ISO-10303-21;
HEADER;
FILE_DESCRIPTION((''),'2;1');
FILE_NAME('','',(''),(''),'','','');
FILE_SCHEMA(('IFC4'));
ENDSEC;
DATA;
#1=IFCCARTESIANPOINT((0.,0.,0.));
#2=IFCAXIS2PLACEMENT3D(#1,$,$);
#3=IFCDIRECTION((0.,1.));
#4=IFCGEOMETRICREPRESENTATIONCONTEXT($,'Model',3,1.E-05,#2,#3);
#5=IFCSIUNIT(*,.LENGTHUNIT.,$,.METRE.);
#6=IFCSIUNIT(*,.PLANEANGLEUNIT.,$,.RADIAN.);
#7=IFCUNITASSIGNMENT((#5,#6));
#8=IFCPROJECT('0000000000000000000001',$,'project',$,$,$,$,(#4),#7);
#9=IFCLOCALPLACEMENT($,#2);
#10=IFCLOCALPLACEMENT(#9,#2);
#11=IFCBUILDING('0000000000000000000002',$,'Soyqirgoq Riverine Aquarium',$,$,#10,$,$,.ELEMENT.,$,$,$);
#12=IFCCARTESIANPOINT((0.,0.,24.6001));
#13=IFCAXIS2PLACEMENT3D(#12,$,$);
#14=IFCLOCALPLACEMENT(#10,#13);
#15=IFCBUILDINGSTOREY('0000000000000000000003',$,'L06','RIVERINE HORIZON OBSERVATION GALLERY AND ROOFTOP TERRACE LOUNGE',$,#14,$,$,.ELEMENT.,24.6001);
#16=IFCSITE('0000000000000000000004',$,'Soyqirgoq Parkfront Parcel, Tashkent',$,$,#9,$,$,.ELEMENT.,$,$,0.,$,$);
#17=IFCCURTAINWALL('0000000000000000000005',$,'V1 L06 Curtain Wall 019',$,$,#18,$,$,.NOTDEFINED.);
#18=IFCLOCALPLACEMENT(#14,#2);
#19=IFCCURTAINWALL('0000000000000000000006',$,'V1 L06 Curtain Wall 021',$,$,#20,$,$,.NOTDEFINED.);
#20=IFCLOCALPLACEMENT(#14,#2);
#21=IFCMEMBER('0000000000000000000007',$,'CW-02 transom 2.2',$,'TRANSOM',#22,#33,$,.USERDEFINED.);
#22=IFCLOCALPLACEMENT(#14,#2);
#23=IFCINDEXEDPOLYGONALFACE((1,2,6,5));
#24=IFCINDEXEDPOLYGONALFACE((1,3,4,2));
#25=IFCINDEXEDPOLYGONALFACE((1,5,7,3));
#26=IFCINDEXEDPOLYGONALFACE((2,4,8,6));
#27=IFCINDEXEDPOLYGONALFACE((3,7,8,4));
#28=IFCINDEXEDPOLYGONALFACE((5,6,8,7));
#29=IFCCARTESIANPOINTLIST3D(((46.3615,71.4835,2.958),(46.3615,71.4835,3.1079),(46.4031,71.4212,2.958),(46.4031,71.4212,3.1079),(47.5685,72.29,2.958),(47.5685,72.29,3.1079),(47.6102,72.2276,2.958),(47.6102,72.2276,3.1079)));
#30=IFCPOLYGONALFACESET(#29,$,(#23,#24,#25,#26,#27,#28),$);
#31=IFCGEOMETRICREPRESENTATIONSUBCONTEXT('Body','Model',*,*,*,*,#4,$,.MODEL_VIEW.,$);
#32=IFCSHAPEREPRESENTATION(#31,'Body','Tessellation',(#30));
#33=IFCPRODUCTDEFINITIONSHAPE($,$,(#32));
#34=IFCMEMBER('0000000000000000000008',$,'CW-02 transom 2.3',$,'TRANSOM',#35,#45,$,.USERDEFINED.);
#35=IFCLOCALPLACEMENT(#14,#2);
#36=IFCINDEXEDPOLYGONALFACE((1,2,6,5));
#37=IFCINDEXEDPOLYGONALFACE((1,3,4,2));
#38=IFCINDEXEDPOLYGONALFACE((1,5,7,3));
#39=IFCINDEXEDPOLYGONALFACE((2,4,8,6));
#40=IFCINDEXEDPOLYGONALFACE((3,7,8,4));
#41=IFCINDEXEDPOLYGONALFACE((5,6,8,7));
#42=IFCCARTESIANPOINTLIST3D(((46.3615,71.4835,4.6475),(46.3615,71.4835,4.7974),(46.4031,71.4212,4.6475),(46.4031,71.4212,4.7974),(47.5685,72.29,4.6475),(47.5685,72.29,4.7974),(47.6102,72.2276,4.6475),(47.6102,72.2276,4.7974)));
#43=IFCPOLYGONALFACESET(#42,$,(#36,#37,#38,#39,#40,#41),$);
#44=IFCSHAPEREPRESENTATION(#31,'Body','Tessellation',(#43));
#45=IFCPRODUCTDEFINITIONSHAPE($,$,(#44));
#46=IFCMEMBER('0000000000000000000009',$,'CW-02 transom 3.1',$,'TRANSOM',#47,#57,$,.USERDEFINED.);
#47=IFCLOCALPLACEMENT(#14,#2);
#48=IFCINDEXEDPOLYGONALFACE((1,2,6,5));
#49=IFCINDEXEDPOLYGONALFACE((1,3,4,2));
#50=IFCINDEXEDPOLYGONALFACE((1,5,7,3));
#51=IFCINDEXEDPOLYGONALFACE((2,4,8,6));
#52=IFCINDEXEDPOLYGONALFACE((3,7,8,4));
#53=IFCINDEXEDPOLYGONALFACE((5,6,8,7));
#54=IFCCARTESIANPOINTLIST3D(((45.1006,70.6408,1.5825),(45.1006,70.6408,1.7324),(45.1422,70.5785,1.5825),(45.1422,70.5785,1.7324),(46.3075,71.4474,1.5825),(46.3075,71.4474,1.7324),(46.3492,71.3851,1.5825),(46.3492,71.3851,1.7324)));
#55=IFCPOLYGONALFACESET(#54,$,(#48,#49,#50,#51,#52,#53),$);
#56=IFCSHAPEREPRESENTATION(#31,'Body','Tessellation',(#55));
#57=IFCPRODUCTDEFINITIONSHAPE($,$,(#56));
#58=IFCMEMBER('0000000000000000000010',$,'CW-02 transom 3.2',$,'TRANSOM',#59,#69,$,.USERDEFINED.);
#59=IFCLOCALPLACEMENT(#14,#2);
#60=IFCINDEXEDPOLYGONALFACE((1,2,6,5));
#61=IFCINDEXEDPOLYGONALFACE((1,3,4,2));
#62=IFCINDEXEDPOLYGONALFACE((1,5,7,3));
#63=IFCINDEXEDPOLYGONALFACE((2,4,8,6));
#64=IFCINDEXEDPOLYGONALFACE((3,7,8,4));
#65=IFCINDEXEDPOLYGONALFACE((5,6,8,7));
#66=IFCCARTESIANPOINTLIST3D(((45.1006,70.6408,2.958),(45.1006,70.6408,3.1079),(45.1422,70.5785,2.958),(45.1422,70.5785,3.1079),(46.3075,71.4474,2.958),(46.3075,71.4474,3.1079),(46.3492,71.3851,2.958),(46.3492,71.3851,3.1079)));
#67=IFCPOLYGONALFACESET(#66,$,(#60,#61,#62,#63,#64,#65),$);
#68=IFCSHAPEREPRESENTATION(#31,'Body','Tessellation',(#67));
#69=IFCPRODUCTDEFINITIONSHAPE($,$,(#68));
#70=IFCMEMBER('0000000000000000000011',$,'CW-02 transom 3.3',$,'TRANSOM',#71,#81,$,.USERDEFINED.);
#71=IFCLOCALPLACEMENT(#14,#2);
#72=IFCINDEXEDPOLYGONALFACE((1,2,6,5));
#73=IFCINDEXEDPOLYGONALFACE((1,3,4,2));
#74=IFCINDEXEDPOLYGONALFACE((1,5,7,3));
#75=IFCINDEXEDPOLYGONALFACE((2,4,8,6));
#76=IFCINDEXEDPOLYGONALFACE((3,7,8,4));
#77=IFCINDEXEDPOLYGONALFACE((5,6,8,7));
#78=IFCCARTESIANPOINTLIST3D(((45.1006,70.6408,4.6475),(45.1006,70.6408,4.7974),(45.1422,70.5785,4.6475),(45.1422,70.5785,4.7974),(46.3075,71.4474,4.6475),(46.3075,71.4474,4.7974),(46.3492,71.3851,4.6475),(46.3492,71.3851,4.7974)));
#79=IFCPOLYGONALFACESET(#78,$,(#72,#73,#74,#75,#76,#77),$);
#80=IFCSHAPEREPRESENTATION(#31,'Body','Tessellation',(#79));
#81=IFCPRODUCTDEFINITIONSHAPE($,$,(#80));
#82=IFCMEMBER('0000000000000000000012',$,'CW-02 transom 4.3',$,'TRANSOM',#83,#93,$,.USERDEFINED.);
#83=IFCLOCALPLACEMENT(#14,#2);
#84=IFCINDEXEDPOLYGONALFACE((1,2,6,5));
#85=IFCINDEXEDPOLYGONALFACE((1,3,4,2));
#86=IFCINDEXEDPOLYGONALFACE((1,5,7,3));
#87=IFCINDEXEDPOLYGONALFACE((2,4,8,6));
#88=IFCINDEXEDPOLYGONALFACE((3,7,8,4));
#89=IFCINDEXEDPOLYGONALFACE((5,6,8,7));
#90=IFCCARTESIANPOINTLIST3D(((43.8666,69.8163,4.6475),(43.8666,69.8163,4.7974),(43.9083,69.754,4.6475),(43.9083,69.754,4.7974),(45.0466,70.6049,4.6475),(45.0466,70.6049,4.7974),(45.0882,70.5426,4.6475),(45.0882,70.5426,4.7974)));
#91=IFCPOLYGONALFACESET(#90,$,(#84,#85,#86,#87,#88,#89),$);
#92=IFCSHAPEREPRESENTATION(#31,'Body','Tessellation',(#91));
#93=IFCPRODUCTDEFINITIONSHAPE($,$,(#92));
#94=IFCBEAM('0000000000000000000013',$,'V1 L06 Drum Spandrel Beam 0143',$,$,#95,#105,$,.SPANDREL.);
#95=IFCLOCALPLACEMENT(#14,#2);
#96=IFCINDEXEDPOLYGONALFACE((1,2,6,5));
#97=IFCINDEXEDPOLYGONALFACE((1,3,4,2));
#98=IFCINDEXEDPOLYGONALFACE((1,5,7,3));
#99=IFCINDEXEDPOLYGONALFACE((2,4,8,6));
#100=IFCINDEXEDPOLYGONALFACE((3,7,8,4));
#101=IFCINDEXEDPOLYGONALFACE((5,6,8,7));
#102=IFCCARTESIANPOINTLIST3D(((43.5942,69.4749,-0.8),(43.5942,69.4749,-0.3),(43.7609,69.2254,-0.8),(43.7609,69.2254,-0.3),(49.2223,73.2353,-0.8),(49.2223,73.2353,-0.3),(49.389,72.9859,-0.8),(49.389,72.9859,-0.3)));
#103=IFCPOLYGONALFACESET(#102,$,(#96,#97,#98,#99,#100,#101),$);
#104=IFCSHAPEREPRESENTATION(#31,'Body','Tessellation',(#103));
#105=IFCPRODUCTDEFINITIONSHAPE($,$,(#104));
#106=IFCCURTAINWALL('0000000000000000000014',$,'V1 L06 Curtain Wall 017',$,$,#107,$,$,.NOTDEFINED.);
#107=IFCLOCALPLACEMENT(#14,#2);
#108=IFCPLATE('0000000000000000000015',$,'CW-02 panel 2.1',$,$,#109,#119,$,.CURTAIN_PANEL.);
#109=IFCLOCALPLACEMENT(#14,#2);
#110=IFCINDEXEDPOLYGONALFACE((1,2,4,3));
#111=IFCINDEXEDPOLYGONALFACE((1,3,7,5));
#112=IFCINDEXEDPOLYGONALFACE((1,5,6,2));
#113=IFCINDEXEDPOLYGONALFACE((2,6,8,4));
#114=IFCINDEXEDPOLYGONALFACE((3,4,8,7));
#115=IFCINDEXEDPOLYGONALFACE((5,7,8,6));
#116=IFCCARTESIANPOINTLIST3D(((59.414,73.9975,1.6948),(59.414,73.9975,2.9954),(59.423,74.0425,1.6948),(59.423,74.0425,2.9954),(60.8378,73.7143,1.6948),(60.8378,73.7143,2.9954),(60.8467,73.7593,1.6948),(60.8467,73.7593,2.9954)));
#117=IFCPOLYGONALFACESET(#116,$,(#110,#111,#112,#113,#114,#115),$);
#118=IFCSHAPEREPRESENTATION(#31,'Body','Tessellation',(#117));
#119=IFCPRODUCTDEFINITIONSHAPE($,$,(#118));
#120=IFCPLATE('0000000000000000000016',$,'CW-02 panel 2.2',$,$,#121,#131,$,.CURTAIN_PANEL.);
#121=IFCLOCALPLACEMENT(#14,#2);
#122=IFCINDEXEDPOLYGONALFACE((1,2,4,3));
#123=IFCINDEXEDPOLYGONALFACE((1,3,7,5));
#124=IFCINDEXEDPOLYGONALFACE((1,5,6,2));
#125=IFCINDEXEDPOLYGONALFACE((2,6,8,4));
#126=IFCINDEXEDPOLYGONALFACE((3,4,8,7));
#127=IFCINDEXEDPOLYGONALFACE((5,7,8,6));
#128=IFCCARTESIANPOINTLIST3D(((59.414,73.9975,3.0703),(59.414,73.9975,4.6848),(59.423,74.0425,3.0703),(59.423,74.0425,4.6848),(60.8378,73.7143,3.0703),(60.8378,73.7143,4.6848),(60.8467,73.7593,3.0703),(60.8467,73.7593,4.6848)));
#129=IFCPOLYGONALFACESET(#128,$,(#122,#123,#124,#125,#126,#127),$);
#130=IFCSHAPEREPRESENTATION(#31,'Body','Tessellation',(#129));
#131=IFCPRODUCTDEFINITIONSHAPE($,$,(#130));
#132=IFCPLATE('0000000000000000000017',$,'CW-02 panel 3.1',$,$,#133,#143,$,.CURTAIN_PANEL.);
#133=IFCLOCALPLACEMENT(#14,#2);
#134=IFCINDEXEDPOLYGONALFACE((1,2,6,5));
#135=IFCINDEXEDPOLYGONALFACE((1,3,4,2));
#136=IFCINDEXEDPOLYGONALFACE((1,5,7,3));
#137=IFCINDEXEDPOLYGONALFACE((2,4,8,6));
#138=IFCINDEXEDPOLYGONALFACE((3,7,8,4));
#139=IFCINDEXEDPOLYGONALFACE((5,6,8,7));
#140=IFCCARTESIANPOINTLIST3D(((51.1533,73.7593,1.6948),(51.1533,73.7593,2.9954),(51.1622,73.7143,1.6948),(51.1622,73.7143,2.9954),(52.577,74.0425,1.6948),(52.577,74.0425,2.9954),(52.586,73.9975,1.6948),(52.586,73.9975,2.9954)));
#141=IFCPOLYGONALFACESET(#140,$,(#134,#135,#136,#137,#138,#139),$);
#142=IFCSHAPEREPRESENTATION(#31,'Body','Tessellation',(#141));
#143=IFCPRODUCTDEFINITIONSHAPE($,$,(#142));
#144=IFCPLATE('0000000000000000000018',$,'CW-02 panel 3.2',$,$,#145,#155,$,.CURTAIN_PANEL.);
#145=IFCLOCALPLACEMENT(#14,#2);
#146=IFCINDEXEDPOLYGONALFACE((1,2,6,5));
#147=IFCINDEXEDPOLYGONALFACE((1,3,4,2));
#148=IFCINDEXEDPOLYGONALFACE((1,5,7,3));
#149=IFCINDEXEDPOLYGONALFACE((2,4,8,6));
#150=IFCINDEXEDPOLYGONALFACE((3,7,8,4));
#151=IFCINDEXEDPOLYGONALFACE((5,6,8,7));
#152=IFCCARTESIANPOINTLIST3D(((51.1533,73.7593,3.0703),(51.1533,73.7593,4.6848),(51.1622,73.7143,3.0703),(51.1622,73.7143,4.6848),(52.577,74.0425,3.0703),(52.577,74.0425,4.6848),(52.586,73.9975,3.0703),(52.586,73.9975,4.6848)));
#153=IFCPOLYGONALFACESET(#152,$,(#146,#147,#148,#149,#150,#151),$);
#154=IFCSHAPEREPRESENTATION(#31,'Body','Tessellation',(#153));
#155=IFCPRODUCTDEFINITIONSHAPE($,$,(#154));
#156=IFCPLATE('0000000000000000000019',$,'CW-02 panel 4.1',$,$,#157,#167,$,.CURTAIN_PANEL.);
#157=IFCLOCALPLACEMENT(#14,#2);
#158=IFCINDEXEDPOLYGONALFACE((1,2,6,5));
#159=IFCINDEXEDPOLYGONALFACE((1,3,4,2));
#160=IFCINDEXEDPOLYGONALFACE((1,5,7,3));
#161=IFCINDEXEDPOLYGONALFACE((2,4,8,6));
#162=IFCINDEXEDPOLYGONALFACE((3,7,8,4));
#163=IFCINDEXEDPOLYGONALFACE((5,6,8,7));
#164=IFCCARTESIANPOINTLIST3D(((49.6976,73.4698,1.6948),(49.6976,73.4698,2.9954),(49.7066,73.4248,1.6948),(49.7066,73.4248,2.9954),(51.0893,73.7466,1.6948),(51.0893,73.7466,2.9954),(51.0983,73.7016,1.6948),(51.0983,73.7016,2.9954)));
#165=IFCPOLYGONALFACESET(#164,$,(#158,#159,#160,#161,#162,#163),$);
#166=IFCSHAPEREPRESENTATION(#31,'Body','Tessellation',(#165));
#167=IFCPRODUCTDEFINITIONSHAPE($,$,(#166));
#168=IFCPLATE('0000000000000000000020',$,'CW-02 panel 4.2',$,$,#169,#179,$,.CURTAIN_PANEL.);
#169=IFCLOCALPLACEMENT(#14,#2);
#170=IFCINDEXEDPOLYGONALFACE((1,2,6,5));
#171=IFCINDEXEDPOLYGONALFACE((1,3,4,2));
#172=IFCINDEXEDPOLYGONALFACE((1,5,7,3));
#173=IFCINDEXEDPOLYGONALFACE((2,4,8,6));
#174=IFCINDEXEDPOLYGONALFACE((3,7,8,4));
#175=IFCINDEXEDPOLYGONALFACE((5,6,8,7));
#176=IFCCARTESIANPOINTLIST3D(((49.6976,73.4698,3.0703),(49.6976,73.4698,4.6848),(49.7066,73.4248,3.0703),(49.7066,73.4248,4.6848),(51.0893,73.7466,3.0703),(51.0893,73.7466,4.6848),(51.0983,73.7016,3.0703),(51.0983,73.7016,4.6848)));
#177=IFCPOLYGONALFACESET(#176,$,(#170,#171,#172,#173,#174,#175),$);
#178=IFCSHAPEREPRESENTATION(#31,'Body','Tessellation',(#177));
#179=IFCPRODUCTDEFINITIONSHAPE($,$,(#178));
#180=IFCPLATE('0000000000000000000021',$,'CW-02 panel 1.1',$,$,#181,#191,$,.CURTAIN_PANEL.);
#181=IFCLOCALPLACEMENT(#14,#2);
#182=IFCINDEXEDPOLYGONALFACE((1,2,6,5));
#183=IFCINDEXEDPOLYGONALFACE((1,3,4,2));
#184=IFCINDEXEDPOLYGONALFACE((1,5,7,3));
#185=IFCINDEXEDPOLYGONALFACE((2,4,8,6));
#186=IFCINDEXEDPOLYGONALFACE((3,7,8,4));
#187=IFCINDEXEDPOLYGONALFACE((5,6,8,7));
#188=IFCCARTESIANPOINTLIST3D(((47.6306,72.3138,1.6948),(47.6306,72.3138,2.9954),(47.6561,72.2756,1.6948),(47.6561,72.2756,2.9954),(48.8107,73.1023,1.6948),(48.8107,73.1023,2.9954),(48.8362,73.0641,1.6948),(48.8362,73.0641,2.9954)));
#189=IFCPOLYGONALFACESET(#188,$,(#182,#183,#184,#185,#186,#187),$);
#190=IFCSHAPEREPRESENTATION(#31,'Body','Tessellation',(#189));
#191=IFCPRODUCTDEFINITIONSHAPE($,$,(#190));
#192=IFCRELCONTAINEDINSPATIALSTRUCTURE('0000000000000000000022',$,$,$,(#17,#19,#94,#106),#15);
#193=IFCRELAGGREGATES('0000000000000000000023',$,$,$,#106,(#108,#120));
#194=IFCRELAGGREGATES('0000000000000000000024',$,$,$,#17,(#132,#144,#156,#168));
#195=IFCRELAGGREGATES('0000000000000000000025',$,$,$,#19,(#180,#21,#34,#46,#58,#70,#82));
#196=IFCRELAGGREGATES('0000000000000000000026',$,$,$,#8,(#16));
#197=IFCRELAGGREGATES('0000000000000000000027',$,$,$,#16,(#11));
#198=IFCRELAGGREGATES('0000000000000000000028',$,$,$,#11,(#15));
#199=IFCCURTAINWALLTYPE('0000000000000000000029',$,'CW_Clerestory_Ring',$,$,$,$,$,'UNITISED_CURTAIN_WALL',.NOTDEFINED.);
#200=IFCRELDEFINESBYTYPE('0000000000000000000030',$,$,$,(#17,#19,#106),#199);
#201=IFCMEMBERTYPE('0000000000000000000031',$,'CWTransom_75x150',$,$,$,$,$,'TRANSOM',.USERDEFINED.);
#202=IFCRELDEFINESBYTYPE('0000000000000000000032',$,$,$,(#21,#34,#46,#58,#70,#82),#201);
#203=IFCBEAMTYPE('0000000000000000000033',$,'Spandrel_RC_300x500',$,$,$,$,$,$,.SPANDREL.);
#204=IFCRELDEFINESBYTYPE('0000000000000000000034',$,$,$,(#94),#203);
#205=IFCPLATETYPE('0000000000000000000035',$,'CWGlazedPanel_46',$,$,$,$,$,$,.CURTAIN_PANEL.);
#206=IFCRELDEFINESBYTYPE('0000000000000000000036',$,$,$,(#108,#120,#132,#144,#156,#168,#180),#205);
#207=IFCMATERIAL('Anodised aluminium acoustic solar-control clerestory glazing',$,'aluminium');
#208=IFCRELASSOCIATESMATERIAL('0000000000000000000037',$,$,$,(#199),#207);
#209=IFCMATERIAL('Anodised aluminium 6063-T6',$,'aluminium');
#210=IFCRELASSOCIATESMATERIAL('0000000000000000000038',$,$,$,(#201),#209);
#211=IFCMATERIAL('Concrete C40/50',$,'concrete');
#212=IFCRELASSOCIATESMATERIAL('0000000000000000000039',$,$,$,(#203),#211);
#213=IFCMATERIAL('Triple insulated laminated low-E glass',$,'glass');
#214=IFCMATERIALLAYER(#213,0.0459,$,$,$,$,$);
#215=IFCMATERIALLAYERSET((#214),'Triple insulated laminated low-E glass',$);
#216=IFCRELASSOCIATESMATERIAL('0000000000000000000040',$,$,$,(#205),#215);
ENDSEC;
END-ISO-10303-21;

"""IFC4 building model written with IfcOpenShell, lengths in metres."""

from ifc_helpers import new_model, si_unit, direction, frame, origin, origin_2d, place, context, subcontext, project, spatial, rectangle, extrude, material, layer, layer_set, material_profile, profile_set, type_object, element, aggregate, save


model = new_model("IFC4")

# Units and contexts
model_context = context("Model", 3, precision=1e-05, world=origin(), true_north=direction((0.0, 1.0)))
body_context = subcontext(model_context, "Body", "Model", "MODEL_VIEW")
ifc_project = project(units=[si_unit("LENGTHUNIT", "METRE"), si_unit("PLANEANGLEUNIT", "RADIAN")], contexts=[model_context])

# Site, building, storey
site_placement = place(None, origin())
site = spatial("IfcSite", under=ifc_project, at=site_placement, Name="Soyqirgoq Parkfront Parcel, Tashkent", CompositionType="ELEMENT", RefElevation=0.0)
building_placement = place(site_placement, origin())
building = spatial("IfcBuilding", under=site, at=building_placement, Name="Soyqirgoq Riverine Aquarium", CompositionType="ELEMENT")
storey_placement = place(building_placement, frame((0.0, 0.0, 24.6001)))
storey = spatial("IfcBuildingStorey", under=building, at=storey_placement, Name="L06", Description="RIVERINE HORIZON OBSERVATION GALLERY AND ROOFTOP TERRACE LOUNGE", CompositionType="ELEMENT", Elevation=24.6001)

# Curtain walls
ifc_material_1 = material(Name="Anodised aluminium acoustic solar-control clerestory glazing", Category="aluminium")
curtain_wall_type = type_object("IfcCurtainWallType", Name="CW_Clerestory_Ring", ElementType="UNITISED_CURTAIN_WALL", PredefinedType="NOTDEFINED", material=ifc_material_1)
curtain_wall_1_placement = place(storey_placement, origin())
curtain_wall_1 = element("IfcCurtainWall", 1, at=curtain_wall_1_placement, inside=storey, type_object=curtain_wall_type, Name="V1 L06 Curtain Wall 019", PredefinedType="NOTDEFINED")
curtain_wall_2_placement = place(storey_placement, origin())
curtain_wall_2 = element("IfcCurtainWall", 2, at=curtain_wall_2_placement, inside=storey, type_object=curtain_wall_type, Name="V1 L06 Curtain Wall 021", PredefinedType="NOTDEFINED")

# Members
ifc_material_2 = material(Name="Anodised aluminium 6063-T6", Category="aluminium")
ifc_material_profile_1 = material_profile(ifc_material_2, rectangle(XDim=0.075, YDim=0.1499, at=origin_2d()), Name="ALU-T 75x150")
ifc_profile_set_1 = profile_set([ifc_material_profile_1], Name="Anodised aluminium 6063-T6")
member_type_1 = type_object("IfcMemberType", Name="CWTransom_75x150", ElementType="TRANSOM", PredefinedType="USERDEFINED", material=ifc_profile_set_1)
member_1_placement = place(storey_placement, frame((47.5894, 72.2588, 3.033), z_axis=(-0.831507, -0.555515, 0.0), x_axis=(0.555515, -0.831507, 0.0)))
member_1 = element("IfcMember", 3, at=member_1_placement, type_object=member_type_1, Name="CW-02 transom 2.2", ObjectType="TRANSOM", PredefinedType="USERDEFINED", context=body_context, shape_type="SweptSolid", body=[
    extrude(rectangle(XDim=0.075, YDim=0.1499, at=origin_2d()), origin(), (0.0, 0.0, 1.0), 1.4517),
])
member_2_placement = place(storey_placement, frame((47.5894, 72.2588, 4.7224), z_axis=(-0.831507, -0.555515, 0.0), x_axis=(0.555515, -0.831507, 0.0)))
member_2 = element("IfcMember", 4, at=member_2_placement, type_object=member_type_1, Name="CW-02 transom 2.3", ObjectType="TRANSOM", PredefinedType="USERDEFINED", context=body_context, shape_type="SweptSolid", body=[
    extrude(rectangle(XDim=0.075, YDim=0.1499, at=origin_2d()), origin(), (0.0, 0.0, 1.0), 1.4517),
])
member_3_placement = place(storey_placement, frame((46.3284, 71.4163, 1.6575), z_axis=(-0.831429, -0.555631, 0.0), x_axis=(0.555631, -0.831429, 0.0)))
member_3 = element("IfcMember", 5, at=member_3_placement, type_object=member_type_1, Name="CW-02 transom 3.1", ObjectType="TRANSOM", PredefinedType="USERDEFINED", context=body_context, shape_type="SweptSolid", body=[
    extrude(rectangle(XDim=0.075, YDim=0.1499, at=origin_2d()), origin(), (0.0, 0.0, 1.0), 1.4517),
])
member_4_placement = place(storey_placement, frame((46.3284, 71.4163, 3.033), z_axis=(-0.831429, -0.555631, 0.0), x_axis=(0.555631, -0.831429, 0.0)))
member_4 = element("IfcMember", 6, at=member_4_placement, type_object=member_type_1, Name="CW-02 transom 3.2", ObjectType="TRANSOM", PredefinedType="USERDEFINED", context=body_context, shape_type="SweptSolid", body=[
    extrude(rectangle(XDim=0.075, YDim=0.1499, at=origin_2d()), origin(), (0.0, 0.0, 1.0), 1.4517),
])
member_5_placement = place(storey_placement, frame((46.3284, 71.4163, 4.7224), z_axis=(-0.831429, -0.555631, 0.0), x_axis=(0.555631, -0.831429, 0.0)))
member_5 = element("IfcMember", 7, at=member_5_placement, type_object=member_type_1, Name="CW-02 transom 3.3", ObjectType="TRANSOM", PredefinedType="USERDEFINED", context=body_context, shape_type="SweptSolid", body=[
    extrude(rectangle(XDim=0.075, YDim=0.1499, at=origin_2d()), origin(), (0.0, 0.0, 1.0), 1.4517),
])
member_6_placement = place(storey_placement, frame((45.0674, 70.5737, 4.7224), z_axis=(-0.831415, -0.555653, 0.0), x_axis=(0.555653, -0.831415, 0.0)))
member_6 = element("IfcMember", 8, at=member_6_placement, type_object=member_type_1, Name="CW-02 transom 4.3", ObjectType="TRANSOM", PredefinedType="USERDEFINED", context=body_context, shape_type="SweptSolid", body=[
    extrude(rectangle(XDim=0.075, YDim=0.1499, at=origin_2d()), origin(), (0.0, 0.0, 1.0), 1.4192),
])

# Beam
ifc_material_3 = material(Name="Concrete C40/50", Category="concrete")
ifc_material_profile_2 = material_profile(ifc_material_3, rectangle(XDim=0.3, YDim=0.5, at=origin_2d()), Name="RC 300x500")
ifc_profile_set_2 = profile_set([ifc_material_profile_2], Name="Concrete C40/50")
beam_type = type_object("IfcBeamType", Name="Spandrel_RC_300x500", PredefinedType="SPANDREL", material=ifc_profile_set_2)
beam_placement = place(storey_placement, frame((49.3057, 73.1106, -0.55), z_axis=(-0.831478, -0.555557, 0.0), x_axis=(0.555557, -0.831478, 0.0)))
element("IfcBeam", 9, at=beam_placement, inside=storey, type_object=beam_type, Name="V1 L06 Drum Spandrel Beam 0143", PredefinedType="SPANDREL", context=body_context, shape_type="SweptSolid", body=[
    extrude(rectangle(XDim=0.3, YDim=0.5, at=origin_2d()), origin(), (0.0, 0.0, 1.0), 6.7688),
])

# Curtain wall, plates
curtain_wall_3_placement = place(storey_placement, origin())
curtain_wall_3 = element("IfcCurtainWall", 10, at=curtain_wall_3_placement, inside=storey, type_object=curtain_wall_type, Name="V1 L06 Curtain Wall 017", PredefinedType="NOTDEFINED")
ifc_material_4 = material(Name="Triple insulated laminated low-E glass", Category="glass")
ifc_layer_1 = layer(ifc_material_4, 0.0459)
ifc_layer_set_1 = layer_set([ifc_layer_1], Name="Triple insulated laminated low-E glass")
plate_type = type_object("IfcPlateType", Name="CWGlazedPanel_46", PredefinedType="CURTAIN_PANEL", material=ifc_layer_set_1)
plate_1_placement = place(storey_placement, frame((60.1304, 73.8784, 1.6948), z_axis=(0.0, 0.0, 1.0), x_axis=(-0.980784, 0.195095, 0.0)))
plate_1 = element("IfcPlate", 11, at=plate_1_placement, type_object=plate_type, Name="CW-02 panel 2.1", PredefinedType="CURTAIN_PANEL", context=body_context, shape_type="SweptSolid", body=[
    extrude(rectangle(XDim=1.4517, YDim=0.0459, at=origin_2d()), origin(), (0.0, 0.0, 1.0), 1.3005),
])
plate_2_placement = place(storey_placement, frame((60.1304, 73.8784, 3.0703), z_axis=(0.0, 0.0, 1.0), x_axis=(-0.980784, 0.195095, 0.0)))
plate_2 = element("IfcPlate", 12, at=plate_2_placement, type_object=plate_type, Name="CW-02 panel 2.2", PredefinedType="CURTAIN_PANEL", context=body_context, shape_type="SweptSolid", body=[
    extrude(rectangle(XDim=1.4517, YDim=0.0459, at=origin_2d()), origin(), (0.0, 0.0, 1.0), 1.6145),
])
aggregate(curtain_wall_3, [plate_1, plate_2])

# Plates
plate_3_placement = place(storey_placement, frame((51.8696, 73.8784, 1.6948), z_axis=(0.0, 0.0, 1.0), x_axis=(-0.980784, -0.195095, 0.0)))
plate_3 = element("IfcPlate", 13, at=plate_3_placement, type_object=plate_type, Name="CW-02 panel 3.1", PredefinedType="CURTAIN_PANEL", context=body_context, shape_type="SweptSolid", body=[
    extrude(rectangle(XDim=1.4517, YDim=0.0459, at=origin_2d()), origin(), (0.0, 0.0, 1.0), 1.3005),
])
plate_4_placement = place(storey_placement, frame((51.8696, 73.8784, 3.0703), z_axis=(0.0, 0.0, 1.0), x_axis=(-0.980784, -0.195095, 0.0)))
plate_4 = element("IfcPlate", 14, at=plate_4_placement, type_object=plate_type, Name="CW-02 panel 3.2", PredefinedType="CURTAIN_PANEL", context=body_context, shape_type="SweptSolid", body=[
    extrude(rectangle(XDim=1.4517, YDim=0.0459, at=origin_2d()), origin(), (0.0, 0.0, 1.0), 1.6145),
])
plate_5_placement = place(storey_placement, frame((50.3979, 73.5857, 1.6948), z_axis=(0.0, 0.0, 1.0), x_axis=(-0.980784, -0.195095, 0.0)))
plate_5 = element("IfcPlate", 15, at=plate_5_placement, type_object=plate_type, Name="CW-02 panel 4.1", PredefinedType="CURTAIN_PANEL", context=body_context, shape_type="SweptSolid", body=[
    extrude(rectangle(XDim=1.4189, YDim=0.0459, at=origin_2d()), origin(), (0.0, 0.0, 1.0), 1.3005),
])
plate_6_placement = place(storey_placement, frame((50.3979, 73.5857, 3.0703), z_axis=(0.0, 0.0, 1.0), x_axis=(-0.980784, -0.195095, 0.0)))
plate_6 = element("IfcPlate", 16, at=plate_6_placement, type_object=plate_type, Name="CW-02 panel 4.2", PredefinedType="CURTAIN_PANEL", context=body_context, shape_type="SweptSolid", body=[
    extrude(rectangle(XDim=1.4189, YDim=0.0459, at=origin_2d()), origin(), (0.0, 0.0, 1.0), 1.6145),
])
aggregate(curtain_wall_1, [plate_3, plate_4, plate_5, plate_6])
plate_7_placement = place(storey_placement, frame((48.2334, 72.689, 1.6948), z_axis=(0.0, 0.0, 1.0), x_axis=(-0.831464, -0.555579, 0.0)))
plate_7 = element("IfcPlate", 17, at=plate_7_placement, type_object=plate_type, Name="CW-02 panel 1.1", PredefinedType="CURTAIN_PANEL", context=body_context, shape_type="SweptSolid", body=[
    extrude(rectangle(XDim=1.4192, YDim=0.0459, at=origin_2d()), origin(), (0.0, 0.0, 1.0), 1.3005),
])
aggregate(curtain_wall_2, [plate_7, member_1, member_2, member_3, member_4, member_5, member_6])

save(model, "model.ifc")
